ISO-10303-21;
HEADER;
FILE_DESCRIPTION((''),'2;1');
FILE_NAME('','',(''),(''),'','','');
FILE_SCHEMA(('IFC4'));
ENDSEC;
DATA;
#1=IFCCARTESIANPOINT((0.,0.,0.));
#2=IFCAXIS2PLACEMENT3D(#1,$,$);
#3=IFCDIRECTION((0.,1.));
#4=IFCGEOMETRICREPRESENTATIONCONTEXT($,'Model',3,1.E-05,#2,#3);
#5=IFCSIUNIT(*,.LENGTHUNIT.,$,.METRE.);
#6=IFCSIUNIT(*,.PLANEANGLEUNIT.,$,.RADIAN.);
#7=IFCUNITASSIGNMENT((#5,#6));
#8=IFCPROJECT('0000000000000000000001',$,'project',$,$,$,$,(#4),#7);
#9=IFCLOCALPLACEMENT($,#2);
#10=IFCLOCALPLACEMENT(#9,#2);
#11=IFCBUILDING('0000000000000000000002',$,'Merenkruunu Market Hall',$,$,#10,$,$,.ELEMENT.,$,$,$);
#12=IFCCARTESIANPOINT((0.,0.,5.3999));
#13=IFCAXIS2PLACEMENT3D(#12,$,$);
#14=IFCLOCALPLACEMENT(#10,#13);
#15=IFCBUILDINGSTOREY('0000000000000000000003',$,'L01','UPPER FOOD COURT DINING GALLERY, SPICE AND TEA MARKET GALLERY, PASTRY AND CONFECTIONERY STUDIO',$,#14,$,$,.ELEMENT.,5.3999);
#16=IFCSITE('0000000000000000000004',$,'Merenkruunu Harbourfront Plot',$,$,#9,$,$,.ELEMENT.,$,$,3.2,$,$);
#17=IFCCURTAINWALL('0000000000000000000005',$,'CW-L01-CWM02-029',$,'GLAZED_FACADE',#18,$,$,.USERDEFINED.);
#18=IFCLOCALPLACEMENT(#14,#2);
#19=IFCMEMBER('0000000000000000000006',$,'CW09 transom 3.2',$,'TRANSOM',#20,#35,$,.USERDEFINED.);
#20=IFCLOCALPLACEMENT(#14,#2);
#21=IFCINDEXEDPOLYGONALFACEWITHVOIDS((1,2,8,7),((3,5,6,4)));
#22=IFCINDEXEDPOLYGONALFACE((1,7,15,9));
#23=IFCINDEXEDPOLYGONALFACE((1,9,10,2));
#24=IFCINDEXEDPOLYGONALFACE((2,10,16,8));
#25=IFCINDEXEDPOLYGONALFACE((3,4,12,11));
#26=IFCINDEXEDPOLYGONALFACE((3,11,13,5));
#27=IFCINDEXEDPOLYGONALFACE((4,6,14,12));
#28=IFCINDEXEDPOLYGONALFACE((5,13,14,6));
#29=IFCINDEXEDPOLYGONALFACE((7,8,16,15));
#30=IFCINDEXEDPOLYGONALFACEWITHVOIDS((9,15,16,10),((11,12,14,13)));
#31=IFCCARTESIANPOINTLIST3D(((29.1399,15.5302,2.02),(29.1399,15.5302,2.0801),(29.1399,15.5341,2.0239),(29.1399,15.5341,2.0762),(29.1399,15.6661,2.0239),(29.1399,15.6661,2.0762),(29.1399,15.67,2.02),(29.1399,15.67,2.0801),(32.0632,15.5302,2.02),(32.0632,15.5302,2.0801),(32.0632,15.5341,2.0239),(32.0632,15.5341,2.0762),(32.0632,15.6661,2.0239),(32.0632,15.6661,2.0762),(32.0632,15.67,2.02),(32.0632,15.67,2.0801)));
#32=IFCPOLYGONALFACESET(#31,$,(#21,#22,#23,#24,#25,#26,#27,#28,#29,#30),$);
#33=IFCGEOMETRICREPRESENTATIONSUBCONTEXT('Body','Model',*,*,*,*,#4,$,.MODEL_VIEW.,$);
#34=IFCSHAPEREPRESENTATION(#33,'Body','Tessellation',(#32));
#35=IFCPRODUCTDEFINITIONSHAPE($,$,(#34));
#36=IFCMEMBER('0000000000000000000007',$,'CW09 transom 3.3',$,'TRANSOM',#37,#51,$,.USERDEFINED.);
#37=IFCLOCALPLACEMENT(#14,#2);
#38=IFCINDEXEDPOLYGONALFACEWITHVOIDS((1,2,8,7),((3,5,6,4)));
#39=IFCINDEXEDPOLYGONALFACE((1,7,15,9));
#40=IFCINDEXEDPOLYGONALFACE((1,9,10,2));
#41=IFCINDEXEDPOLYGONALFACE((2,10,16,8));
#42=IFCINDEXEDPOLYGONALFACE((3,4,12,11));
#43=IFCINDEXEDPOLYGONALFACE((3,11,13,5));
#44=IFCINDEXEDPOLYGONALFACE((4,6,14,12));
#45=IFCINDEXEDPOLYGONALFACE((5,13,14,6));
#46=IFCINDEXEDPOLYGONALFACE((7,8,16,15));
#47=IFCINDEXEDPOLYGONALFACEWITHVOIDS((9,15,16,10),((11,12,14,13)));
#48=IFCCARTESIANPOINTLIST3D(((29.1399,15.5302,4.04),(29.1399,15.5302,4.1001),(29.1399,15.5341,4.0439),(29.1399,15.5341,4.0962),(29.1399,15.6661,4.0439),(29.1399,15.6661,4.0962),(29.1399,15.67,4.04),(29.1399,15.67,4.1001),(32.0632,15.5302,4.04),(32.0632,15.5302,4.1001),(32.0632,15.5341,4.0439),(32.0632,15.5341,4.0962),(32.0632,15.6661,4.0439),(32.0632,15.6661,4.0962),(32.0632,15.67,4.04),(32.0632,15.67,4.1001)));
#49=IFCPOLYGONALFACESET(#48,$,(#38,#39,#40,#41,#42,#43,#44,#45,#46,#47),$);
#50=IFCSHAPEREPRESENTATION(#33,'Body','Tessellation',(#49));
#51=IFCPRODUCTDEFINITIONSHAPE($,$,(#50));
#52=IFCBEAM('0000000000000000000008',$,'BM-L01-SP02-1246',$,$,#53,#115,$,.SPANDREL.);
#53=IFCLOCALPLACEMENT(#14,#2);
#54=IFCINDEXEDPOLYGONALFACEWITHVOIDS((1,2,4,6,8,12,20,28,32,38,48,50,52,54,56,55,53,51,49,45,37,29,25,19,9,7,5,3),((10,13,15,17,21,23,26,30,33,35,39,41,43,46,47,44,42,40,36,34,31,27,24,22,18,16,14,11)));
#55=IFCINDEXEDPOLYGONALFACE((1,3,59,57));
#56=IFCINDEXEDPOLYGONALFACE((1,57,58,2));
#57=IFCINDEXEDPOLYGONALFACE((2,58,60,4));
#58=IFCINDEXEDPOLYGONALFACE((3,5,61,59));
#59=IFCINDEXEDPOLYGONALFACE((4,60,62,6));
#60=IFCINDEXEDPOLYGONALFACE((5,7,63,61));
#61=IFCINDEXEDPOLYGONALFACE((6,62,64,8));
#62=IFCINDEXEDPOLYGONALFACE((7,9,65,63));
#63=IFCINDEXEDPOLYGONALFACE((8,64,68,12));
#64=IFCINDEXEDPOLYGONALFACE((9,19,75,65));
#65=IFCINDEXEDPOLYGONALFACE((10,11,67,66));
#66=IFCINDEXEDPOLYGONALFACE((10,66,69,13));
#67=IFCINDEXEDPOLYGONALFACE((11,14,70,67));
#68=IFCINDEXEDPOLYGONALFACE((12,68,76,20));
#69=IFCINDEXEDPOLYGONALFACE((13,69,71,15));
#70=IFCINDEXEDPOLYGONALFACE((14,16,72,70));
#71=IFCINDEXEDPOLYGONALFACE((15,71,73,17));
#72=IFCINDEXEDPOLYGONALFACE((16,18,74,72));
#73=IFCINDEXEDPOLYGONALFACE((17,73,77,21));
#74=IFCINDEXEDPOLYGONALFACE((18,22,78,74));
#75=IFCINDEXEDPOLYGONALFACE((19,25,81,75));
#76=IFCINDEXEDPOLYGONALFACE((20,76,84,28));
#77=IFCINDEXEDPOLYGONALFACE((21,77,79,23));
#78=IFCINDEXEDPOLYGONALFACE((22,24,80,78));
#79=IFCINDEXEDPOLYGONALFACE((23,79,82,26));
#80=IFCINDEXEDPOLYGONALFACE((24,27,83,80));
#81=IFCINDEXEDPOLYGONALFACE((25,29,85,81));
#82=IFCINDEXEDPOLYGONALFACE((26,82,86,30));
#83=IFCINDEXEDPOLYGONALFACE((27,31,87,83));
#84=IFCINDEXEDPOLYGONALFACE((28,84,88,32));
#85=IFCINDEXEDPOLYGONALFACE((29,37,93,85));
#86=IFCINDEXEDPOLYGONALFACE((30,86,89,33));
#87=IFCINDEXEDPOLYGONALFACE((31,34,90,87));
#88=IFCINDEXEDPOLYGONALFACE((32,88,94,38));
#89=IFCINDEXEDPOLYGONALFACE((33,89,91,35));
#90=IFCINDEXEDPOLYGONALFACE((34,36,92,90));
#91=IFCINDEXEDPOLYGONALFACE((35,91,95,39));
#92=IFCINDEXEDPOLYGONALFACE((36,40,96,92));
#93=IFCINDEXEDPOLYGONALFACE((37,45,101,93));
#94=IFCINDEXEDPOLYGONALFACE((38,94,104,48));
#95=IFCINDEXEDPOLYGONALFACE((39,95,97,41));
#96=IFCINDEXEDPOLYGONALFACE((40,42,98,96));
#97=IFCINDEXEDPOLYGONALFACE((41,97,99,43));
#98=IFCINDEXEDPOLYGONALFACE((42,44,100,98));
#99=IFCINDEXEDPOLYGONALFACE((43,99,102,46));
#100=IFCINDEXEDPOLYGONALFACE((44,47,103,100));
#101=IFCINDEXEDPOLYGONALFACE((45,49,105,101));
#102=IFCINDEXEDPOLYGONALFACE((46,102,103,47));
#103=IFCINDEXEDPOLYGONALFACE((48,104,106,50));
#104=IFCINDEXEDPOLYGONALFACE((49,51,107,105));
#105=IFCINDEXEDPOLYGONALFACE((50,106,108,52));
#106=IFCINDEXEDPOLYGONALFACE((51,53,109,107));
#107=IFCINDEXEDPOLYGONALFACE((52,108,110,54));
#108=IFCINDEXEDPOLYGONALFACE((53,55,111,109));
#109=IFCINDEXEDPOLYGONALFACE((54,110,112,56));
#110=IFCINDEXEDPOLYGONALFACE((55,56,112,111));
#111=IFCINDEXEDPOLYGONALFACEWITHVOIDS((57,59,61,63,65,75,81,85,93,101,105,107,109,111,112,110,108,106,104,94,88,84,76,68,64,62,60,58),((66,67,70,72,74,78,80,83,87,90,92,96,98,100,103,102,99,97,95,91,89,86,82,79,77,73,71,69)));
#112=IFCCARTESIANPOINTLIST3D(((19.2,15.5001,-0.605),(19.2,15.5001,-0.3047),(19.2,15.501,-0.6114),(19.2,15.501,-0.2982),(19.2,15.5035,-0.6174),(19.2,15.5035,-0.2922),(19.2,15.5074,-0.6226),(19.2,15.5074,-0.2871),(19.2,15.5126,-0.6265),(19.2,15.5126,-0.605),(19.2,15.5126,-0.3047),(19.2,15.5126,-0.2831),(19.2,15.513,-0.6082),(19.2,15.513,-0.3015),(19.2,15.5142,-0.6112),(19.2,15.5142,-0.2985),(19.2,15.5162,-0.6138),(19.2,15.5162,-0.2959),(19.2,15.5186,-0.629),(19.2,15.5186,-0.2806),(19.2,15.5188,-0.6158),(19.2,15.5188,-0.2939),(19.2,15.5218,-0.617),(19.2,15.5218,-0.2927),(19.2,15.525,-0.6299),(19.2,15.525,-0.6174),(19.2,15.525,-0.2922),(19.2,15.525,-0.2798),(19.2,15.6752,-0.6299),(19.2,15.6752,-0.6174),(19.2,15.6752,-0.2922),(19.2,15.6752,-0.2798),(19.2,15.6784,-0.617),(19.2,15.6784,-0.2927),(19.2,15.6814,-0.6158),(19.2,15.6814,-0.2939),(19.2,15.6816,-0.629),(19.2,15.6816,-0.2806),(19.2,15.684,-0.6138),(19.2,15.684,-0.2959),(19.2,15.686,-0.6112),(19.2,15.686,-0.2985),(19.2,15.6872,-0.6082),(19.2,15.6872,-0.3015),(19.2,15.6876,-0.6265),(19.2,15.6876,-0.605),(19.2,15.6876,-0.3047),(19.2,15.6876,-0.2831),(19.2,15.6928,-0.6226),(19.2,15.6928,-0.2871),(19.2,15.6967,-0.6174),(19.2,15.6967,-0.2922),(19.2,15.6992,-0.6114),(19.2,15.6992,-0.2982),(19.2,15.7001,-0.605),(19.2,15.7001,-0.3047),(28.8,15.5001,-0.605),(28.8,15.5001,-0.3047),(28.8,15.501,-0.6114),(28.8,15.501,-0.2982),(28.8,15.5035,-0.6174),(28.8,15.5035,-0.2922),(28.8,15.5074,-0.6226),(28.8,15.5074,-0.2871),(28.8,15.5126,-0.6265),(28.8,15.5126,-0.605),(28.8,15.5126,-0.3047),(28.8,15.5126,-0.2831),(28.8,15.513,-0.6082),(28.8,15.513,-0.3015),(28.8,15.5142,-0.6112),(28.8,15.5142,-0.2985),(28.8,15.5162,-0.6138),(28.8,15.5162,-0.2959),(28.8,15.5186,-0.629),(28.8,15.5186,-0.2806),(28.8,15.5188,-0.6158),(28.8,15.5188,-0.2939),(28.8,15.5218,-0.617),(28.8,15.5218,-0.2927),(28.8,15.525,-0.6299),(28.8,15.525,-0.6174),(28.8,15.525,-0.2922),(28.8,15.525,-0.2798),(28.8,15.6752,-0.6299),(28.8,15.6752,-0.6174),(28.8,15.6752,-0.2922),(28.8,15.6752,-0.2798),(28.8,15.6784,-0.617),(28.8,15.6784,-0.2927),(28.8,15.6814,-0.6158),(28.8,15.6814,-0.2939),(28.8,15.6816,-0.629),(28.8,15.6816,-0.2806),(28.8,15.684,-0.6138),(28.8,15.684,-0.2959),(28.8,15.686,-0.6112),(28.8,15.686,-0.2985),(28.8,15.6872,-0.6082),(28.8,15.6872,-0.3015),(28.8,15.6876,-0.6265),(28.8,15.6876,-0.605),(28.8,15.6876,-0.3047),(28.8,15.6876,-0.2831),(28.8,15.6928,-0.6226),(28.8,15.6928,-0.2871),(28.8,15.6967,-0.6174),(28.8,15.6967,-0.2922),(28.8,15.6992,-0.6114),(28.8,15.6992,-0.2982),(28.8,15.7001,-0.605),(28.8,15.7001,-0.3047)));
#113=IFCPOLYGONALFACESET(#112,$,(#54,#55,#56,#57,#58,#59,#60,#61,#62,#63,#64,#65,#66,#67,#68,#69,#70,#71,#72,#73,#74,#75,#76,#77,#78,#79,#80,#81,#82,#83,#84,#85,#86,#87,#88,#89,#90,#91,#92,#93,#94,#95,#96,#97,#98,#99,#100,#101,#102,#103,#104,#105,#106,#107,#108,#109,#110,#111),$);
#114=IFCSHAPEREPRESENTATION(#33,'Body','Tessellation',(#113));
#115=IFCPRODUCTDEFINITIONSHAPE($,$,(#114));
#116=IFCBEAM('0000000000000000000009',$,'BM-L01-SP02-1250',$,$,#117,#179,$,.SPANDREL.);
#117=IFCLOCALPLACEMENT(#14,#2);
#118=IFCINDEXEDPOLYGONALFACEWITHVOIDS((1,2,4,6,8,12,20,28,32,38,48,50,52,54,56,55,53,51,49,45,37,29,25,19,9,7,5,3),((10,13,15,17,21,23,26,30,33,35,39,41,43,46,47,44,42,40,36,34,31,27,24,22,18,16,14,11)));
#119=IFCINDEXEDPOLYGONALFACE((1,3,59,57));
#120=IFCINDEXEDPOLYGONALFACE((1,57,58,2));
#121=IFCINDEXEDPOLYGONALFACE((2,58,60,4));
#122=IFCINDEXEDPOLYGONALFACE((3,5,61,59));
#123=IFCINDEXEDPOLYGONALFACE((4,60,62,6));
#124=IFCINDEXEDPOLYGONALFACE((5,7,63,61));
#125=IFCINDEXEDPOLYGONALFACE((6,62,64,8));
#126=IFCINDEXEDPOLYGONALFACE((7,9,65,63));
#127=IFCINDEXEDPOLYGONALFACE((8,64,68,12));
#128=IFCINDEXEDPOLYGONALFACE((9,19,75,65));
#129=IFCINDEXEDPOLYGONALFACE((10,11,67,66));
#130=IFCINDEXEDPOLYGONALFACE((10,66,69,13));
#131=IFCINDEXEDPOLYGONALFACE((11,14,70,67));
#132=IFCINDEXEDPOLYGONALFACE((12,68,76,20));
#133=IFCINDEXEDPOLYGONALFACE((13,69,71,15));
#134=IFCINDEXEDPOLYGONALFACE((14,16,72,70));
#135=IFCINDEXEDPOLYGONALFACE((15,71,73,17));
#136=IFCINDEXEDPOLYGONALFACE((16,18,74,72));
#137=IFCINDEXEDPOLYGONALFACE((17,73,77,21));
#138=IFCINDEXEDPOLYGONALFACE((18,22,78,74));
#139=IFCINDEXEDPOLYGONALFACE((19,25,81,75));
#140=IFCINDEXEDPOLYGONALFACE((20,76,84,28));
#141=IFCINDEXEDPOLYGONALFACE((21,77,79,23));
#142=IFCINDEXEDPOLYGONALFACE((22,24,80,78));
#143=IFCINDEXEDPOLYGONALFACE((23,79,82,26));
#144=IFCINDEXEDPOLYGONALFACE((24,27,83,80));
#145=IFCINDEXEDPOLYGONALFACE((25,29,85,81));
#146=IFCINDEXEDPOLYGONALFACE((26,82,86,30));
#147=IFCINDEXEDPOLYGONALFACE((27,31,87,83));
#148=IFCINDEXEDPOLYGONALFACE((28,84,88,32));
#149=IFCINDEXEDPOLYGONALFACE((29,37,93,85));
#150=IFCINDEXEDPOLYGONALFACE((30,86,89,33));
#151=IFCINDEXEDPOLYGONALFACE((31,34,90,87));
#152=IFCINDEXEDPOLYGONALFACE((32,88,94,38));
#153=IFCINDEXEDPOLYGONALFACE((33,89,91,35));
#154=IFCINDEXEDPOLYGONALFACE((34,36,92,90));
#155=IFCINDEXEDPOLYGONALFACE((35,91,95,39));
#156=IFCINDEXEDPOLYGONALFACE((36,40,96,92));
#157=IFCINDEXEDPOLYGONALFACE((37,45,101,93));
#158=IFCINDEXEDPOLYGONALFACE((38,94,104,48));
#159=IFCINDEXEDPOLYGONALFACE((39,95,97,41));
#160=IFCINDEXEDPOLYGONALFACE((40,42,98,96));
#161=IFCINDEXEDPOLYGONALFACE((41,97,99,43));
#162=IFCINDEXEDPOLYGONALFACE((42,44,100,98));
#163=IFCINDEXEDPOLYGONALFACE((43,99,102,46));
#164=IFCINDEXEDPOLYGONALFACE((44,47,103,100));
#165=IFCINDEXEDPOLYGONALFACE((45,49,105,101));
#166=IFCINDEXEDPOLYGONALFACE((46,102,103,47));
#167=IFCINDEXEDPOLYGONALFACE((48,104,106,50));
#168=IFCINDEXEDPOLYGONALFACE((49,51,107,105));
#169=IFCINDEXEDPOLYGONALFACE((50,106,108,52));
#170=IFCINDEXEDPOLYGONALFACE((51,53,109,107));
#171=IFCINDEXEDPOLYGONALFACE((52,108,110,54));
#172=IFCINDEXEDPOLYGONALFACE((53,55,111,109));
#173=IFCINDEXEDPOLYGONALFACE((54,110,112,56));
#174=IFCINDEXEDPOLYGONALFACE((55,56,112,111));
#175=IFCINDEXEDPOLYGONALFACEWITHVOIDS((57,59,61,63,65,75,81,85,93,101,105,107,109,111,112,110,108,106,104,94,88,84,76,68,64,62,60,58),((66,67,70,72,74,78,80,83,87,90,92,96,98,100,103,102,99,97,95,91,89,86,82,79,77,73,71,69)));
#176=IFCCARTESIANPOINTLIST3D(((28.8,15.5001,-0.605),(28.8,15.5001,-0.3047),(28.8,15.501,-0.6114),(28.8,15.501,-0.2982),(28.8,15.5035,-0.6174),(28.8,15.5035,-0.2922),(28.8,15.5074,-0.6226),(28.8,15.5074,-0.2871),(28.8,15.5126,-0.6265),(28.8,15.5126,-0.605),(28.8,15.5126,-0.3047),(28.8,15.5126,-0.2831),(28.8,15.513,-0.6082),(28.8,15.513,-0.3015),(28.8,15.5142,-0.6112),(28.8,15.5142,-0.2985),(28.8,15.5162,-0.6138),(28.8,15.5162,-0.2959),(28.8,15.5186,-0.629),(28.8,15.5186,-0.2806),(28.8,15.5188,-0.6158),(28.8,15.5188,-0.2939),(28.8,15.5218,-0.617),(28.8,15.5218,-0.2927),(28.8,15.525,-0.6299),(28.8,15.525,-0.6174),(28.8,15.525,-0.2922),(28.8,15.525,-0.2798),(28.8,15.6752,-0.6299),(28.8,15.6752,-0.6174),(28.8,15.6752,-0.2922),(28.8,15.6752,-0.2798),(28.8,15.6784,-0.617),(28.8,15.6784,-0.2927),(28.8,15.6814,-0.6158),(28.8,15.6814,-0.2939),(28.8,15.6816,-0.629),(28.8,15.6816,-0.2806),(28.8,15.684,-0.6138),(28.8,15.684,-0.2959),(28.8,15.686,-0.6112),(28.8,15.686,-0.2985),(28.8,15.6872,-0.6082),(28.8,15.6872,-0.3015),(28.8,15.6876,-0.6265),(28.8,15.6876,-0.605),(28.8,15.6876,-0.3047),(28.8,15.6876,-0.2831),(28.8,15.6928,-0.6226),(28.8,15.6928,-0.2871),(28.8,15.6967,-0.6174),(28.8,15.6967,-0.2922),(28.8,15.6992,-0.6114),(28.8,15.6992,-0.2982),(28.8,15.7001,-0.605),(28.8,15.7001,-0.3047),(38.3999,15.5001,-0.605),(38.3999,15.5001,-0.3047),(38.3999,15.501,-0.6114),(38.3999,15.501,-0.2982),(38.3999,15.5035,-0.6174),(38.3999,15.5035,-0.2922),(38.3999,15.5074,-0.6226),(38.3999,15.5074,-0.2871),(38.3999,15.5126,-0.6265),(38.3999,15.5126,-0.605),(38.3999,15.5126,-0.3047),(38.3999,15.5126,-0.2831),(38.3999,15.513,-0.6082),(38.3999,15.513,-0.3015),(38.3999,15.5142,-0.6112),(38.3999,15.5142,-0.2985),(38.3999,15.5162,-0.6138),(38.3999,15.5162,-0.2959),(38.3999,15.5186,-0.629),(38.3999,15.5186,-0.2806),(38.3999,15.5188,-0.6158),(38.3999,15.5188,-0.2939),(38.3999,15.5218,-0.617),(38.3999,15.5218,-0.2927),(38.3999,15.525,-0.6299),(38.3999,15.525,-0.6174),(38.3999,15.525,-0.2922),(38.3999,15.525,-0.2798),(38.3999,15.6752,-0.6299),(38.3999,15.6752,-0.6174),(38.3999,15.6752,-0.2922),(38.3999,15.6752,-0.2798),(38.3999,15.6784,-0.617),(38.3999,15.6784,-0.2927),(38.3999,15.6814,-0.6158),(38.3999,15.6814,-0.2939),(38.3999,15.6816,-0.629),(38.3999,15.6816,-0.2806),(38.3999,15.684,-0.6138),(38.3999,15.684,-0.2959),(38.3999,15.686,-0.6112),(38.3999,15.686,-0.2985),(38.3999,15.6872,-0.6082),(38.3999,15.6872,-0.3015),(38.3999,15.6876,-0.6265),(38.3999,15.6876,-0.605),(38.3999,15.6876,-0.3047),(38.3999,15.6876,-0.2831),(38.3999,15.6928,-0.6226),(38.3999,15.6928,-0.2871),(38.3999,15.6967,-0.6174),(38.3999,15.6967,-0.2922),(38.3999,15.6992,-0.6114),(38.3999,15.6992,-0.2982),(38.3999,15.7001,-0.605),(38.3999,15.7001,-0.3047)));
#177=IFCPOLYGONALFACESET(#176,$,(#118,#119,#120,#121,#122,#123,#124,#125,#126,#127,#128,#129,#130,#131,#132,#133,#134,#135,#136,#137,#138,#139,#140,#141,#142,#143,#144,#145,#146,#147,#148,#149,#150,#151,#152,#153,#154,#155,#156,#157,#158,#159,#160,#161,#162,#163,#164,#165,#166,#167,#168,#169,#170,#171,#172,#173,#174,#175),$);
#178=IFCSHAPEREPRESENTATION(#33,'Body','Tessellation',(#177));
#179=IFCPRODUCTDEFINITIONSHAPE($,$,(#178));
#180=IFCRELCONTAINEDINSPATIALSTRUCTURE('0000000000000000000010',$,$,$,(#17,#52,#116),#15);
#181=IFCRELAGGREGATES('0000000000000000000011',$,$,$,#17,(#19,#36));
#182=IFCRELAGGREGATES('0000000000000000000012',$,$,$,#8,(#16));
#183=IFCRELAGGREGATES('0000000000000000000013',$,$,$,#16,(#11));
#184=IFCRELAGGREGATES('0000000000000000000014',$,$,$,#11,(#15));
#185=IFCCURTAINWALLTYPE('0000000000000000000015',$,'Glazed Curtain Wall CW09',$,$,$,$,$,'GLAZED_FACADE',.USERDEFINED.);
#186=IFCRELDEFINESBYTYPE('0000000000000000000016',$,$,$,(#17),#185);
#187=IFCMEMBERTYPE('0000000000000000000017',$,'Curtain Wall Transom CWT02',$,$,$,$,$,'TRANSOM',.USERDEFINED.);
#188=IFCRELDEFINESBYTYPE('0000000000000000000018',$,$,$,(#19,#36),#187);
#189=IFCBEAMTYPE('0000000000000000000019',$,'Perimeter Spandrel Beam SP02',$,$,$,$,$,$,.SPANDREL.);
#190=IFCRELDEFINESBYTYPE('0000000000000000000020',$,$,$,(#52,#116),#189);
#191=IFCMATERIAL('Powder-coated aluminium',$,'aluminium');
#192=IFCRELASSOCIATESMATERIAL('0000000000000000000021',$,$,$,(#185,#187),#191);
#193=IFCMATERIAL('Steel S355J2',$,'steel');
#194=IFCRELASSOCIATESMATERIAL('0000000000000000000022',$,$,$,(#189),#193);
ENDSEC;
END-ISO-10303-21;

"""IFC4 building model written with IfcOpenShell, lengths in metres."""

from ifc_helpers import new_model, si_unit, direction, frame, origin, origin_2d, place, context, subcontext, project, spatial, hollow_rectangle, extrude, material, material_profile, profile_set, type_object, element, aggregate, save


model = new_model("IFC4")

# Units and contexts
model_context = context("Model", 3, precision=1e-05, world=origin(), true_north=direction((0.0, 1.0)))
body_context = subcontext(model_context, "Body", "Model", "MODEL_VIEW")
ifc_project = project(units=[si_unit("LENGTHUNIT", "METRE"), si_unit("PLANEANGLEUNIT", "RADIAN")], contexts=[model_context])

# Site, building, storey
site_placement = place(None, origin())
site = spatial("IfcSite", under=ifc_project, at=site_placement, Name="Merenkruunu Harbourfront Plot", CompositionType="ELEMENT", RefElevation=3.2)
building_placement = place(site_placement, origin())
building = spatial("IfcBuilding", under=site, at=building_placement, Name="Merenkruunu Market Hall", CompositionType="ELEMENT")
storey_placement = place(building_placement, frame((0.0, 0.0, 5.3999)))
storey = spatial("IfcBuildingStorey", under=building, at=storey_placement, Name="L01", Description="UPPER FOOD COURT DINING GALLERY, SPICE AND TEA MARKET GALLERY, PASTRY AND CONFECTIONERY STUDIO", CompositionType="ELEMENT", Elevation=5.3999)

# Shared definitions
ifc_material_1 = material(Name="Steel S355J2", Category="steel")

# Shared definitions
ifc_material_2 = material(Name="Powder-coated aluminium", Category="aluminium")
curtain_wall_type = type_object("IfcCurtainWallType", Name="Glazed Curtain Wall CW09", ElementType="GLAZED_FACADE", PredefinedType="USERDEFINED", material=ifc_material_2)

# Curtain wall
curtain_wall_1_placement = place(storey_placement, origin())
curtain_wall_1 = element("IfcCurtainWall", 1, at=curtain_wall_1_placement, inside=storey, type_object=curtain_wall_type, Name="CW-L01-CWM02-029", ObjectType="GLAZED_FACADE", PredefinedType="USERDEFINED")

# Members
ifc_material_profile_1 = material_profile(ifc_material_2, hollow_rectangle(XDim=0.0601, YDim=0.1399, WallThickness=0.0039, at=origin_2d()), Name="ALU 60x140x4")
ifc_profile_set_1 = profile_set([ifc_material_profile_1], Name="Powder-coated aluminium")
member_type_1 = type_object("IfcMemberType", Name="Curtain Wall Transom CWT02", ElementType="TRANSOM", PredefinedType="USERDEFINED", material=ifc_profile_set_1)
member_1_placement = place(storey_placement, frame((32.0632, 15.6001, 2.05), z_axis=(-1.0, 0.0, 0.0), x_axis=(0.0, 0.0, 1.0)))
member_1 = element("IfcMember", 2, at=member_1_placement, type_object=member_type_1, Name="CW09 transom 3.2", ObjectType="TRANSOM", PredefinedType="USERDEFINED", context=body_context, shape_type="SweptSolid", body=[
    extrude(hollow_rectangle(XDim=0.0601, YDim=0.1399, WallThickness=0.0039, at=origin_2d()), origin(), (0.0, 0.0, 1.0), 2.9233),
])
member_2_placement = place(storey_placement, frame((32.0632, 15.6001, 4.0701), z_axis=(-1.0, 0.0, 0.0), x_axis=(0.0, 0.0, 1.0)))
member_2 = element("IfcMember", 3, at=member_2_placement, type_object=member_type_1, Name="CW09 transom 3.3", ObjectType="TRANSOM", PredefinedType="USERDEFINED", context=body_context, shape_type="SweptSolid", body=[
    extrude(hollow_rectangle(XDim=0.0601, YDim=0.1399, WallThickness=0.0039, at=origin_2d()), origin(), (0.0, 0.0, 1.0), 2.9233),
])

# Beams
ifc_material_profile_2 = material_profile(ifc_material_1, hollow_rectangle(XDim=0.2, YDim=0.3501, WallThickness=0.0125, InnerFilletRadius=0.0125, OuterFilletRadius=0.0249, at=origin_2d()), Name="RHS 350x200x12.5")
ifc_profile_set_2 = profile_set([ifc_material_profile_2], Name="Steel S355J2")
beam_type_1 = type_object("IfcBeamType", Name="Perimeter Spandrel Beam SP02", PredefinedType="SPANDREL", material=ifc_profile_set_2)
beam_1_placement = place(storey_placement, frame((19.2, 15.6001, -0.4548), z_axis=(1.0, 0.0, 0.0), x_axis=(0.0, 1.0, 0.0)))
element("IfcBeam", 4, at=beam_1_placement, inside=storey, type_object=beam_type_1, Name="BM-L01-SP02-1246", PredefinedType="SPANDREL", context=body_context, shape_type="SweptSolid", body=[
    extrude(hollow_rectangle(XDim=0.2, YDim=0.3501, WallThickness=0.0125, InnerFilletRadius=0.0125, OuterFilletRadius=0.0249, at=origin_2d()), origin(), (0.0, 0.0, 1.0), 9.6001),
])
beam_2_placement = place(storey_placement, frame((28.8, 15.6001, -0.4548), z_axis=(1.0, 0.0, 0.0), x_axis=(0.0, 1.0, 0.0)))
element("IfcBeam", 5, at=beam_2_placement, inside=storey, type_object=beam_type_1, Name="BM-L01-SP02-1250", PredefinedType="SPANDREL", context=body_context, shape_type="SweptSolid", body=[
    extrude(hollow_rectangle(XDim=0.2, YDim=0.3501, WallThickness=0.0125, InnerFilletRadius=0.0125, OuterFilletRadius=0.0249, at=origin_2d()), origin(), (0.0, 0.0, 1.0), 9.5999),
])

aggregate(curtain_wall_1, [member_1, member_2])

save(model, "model.ifc")
